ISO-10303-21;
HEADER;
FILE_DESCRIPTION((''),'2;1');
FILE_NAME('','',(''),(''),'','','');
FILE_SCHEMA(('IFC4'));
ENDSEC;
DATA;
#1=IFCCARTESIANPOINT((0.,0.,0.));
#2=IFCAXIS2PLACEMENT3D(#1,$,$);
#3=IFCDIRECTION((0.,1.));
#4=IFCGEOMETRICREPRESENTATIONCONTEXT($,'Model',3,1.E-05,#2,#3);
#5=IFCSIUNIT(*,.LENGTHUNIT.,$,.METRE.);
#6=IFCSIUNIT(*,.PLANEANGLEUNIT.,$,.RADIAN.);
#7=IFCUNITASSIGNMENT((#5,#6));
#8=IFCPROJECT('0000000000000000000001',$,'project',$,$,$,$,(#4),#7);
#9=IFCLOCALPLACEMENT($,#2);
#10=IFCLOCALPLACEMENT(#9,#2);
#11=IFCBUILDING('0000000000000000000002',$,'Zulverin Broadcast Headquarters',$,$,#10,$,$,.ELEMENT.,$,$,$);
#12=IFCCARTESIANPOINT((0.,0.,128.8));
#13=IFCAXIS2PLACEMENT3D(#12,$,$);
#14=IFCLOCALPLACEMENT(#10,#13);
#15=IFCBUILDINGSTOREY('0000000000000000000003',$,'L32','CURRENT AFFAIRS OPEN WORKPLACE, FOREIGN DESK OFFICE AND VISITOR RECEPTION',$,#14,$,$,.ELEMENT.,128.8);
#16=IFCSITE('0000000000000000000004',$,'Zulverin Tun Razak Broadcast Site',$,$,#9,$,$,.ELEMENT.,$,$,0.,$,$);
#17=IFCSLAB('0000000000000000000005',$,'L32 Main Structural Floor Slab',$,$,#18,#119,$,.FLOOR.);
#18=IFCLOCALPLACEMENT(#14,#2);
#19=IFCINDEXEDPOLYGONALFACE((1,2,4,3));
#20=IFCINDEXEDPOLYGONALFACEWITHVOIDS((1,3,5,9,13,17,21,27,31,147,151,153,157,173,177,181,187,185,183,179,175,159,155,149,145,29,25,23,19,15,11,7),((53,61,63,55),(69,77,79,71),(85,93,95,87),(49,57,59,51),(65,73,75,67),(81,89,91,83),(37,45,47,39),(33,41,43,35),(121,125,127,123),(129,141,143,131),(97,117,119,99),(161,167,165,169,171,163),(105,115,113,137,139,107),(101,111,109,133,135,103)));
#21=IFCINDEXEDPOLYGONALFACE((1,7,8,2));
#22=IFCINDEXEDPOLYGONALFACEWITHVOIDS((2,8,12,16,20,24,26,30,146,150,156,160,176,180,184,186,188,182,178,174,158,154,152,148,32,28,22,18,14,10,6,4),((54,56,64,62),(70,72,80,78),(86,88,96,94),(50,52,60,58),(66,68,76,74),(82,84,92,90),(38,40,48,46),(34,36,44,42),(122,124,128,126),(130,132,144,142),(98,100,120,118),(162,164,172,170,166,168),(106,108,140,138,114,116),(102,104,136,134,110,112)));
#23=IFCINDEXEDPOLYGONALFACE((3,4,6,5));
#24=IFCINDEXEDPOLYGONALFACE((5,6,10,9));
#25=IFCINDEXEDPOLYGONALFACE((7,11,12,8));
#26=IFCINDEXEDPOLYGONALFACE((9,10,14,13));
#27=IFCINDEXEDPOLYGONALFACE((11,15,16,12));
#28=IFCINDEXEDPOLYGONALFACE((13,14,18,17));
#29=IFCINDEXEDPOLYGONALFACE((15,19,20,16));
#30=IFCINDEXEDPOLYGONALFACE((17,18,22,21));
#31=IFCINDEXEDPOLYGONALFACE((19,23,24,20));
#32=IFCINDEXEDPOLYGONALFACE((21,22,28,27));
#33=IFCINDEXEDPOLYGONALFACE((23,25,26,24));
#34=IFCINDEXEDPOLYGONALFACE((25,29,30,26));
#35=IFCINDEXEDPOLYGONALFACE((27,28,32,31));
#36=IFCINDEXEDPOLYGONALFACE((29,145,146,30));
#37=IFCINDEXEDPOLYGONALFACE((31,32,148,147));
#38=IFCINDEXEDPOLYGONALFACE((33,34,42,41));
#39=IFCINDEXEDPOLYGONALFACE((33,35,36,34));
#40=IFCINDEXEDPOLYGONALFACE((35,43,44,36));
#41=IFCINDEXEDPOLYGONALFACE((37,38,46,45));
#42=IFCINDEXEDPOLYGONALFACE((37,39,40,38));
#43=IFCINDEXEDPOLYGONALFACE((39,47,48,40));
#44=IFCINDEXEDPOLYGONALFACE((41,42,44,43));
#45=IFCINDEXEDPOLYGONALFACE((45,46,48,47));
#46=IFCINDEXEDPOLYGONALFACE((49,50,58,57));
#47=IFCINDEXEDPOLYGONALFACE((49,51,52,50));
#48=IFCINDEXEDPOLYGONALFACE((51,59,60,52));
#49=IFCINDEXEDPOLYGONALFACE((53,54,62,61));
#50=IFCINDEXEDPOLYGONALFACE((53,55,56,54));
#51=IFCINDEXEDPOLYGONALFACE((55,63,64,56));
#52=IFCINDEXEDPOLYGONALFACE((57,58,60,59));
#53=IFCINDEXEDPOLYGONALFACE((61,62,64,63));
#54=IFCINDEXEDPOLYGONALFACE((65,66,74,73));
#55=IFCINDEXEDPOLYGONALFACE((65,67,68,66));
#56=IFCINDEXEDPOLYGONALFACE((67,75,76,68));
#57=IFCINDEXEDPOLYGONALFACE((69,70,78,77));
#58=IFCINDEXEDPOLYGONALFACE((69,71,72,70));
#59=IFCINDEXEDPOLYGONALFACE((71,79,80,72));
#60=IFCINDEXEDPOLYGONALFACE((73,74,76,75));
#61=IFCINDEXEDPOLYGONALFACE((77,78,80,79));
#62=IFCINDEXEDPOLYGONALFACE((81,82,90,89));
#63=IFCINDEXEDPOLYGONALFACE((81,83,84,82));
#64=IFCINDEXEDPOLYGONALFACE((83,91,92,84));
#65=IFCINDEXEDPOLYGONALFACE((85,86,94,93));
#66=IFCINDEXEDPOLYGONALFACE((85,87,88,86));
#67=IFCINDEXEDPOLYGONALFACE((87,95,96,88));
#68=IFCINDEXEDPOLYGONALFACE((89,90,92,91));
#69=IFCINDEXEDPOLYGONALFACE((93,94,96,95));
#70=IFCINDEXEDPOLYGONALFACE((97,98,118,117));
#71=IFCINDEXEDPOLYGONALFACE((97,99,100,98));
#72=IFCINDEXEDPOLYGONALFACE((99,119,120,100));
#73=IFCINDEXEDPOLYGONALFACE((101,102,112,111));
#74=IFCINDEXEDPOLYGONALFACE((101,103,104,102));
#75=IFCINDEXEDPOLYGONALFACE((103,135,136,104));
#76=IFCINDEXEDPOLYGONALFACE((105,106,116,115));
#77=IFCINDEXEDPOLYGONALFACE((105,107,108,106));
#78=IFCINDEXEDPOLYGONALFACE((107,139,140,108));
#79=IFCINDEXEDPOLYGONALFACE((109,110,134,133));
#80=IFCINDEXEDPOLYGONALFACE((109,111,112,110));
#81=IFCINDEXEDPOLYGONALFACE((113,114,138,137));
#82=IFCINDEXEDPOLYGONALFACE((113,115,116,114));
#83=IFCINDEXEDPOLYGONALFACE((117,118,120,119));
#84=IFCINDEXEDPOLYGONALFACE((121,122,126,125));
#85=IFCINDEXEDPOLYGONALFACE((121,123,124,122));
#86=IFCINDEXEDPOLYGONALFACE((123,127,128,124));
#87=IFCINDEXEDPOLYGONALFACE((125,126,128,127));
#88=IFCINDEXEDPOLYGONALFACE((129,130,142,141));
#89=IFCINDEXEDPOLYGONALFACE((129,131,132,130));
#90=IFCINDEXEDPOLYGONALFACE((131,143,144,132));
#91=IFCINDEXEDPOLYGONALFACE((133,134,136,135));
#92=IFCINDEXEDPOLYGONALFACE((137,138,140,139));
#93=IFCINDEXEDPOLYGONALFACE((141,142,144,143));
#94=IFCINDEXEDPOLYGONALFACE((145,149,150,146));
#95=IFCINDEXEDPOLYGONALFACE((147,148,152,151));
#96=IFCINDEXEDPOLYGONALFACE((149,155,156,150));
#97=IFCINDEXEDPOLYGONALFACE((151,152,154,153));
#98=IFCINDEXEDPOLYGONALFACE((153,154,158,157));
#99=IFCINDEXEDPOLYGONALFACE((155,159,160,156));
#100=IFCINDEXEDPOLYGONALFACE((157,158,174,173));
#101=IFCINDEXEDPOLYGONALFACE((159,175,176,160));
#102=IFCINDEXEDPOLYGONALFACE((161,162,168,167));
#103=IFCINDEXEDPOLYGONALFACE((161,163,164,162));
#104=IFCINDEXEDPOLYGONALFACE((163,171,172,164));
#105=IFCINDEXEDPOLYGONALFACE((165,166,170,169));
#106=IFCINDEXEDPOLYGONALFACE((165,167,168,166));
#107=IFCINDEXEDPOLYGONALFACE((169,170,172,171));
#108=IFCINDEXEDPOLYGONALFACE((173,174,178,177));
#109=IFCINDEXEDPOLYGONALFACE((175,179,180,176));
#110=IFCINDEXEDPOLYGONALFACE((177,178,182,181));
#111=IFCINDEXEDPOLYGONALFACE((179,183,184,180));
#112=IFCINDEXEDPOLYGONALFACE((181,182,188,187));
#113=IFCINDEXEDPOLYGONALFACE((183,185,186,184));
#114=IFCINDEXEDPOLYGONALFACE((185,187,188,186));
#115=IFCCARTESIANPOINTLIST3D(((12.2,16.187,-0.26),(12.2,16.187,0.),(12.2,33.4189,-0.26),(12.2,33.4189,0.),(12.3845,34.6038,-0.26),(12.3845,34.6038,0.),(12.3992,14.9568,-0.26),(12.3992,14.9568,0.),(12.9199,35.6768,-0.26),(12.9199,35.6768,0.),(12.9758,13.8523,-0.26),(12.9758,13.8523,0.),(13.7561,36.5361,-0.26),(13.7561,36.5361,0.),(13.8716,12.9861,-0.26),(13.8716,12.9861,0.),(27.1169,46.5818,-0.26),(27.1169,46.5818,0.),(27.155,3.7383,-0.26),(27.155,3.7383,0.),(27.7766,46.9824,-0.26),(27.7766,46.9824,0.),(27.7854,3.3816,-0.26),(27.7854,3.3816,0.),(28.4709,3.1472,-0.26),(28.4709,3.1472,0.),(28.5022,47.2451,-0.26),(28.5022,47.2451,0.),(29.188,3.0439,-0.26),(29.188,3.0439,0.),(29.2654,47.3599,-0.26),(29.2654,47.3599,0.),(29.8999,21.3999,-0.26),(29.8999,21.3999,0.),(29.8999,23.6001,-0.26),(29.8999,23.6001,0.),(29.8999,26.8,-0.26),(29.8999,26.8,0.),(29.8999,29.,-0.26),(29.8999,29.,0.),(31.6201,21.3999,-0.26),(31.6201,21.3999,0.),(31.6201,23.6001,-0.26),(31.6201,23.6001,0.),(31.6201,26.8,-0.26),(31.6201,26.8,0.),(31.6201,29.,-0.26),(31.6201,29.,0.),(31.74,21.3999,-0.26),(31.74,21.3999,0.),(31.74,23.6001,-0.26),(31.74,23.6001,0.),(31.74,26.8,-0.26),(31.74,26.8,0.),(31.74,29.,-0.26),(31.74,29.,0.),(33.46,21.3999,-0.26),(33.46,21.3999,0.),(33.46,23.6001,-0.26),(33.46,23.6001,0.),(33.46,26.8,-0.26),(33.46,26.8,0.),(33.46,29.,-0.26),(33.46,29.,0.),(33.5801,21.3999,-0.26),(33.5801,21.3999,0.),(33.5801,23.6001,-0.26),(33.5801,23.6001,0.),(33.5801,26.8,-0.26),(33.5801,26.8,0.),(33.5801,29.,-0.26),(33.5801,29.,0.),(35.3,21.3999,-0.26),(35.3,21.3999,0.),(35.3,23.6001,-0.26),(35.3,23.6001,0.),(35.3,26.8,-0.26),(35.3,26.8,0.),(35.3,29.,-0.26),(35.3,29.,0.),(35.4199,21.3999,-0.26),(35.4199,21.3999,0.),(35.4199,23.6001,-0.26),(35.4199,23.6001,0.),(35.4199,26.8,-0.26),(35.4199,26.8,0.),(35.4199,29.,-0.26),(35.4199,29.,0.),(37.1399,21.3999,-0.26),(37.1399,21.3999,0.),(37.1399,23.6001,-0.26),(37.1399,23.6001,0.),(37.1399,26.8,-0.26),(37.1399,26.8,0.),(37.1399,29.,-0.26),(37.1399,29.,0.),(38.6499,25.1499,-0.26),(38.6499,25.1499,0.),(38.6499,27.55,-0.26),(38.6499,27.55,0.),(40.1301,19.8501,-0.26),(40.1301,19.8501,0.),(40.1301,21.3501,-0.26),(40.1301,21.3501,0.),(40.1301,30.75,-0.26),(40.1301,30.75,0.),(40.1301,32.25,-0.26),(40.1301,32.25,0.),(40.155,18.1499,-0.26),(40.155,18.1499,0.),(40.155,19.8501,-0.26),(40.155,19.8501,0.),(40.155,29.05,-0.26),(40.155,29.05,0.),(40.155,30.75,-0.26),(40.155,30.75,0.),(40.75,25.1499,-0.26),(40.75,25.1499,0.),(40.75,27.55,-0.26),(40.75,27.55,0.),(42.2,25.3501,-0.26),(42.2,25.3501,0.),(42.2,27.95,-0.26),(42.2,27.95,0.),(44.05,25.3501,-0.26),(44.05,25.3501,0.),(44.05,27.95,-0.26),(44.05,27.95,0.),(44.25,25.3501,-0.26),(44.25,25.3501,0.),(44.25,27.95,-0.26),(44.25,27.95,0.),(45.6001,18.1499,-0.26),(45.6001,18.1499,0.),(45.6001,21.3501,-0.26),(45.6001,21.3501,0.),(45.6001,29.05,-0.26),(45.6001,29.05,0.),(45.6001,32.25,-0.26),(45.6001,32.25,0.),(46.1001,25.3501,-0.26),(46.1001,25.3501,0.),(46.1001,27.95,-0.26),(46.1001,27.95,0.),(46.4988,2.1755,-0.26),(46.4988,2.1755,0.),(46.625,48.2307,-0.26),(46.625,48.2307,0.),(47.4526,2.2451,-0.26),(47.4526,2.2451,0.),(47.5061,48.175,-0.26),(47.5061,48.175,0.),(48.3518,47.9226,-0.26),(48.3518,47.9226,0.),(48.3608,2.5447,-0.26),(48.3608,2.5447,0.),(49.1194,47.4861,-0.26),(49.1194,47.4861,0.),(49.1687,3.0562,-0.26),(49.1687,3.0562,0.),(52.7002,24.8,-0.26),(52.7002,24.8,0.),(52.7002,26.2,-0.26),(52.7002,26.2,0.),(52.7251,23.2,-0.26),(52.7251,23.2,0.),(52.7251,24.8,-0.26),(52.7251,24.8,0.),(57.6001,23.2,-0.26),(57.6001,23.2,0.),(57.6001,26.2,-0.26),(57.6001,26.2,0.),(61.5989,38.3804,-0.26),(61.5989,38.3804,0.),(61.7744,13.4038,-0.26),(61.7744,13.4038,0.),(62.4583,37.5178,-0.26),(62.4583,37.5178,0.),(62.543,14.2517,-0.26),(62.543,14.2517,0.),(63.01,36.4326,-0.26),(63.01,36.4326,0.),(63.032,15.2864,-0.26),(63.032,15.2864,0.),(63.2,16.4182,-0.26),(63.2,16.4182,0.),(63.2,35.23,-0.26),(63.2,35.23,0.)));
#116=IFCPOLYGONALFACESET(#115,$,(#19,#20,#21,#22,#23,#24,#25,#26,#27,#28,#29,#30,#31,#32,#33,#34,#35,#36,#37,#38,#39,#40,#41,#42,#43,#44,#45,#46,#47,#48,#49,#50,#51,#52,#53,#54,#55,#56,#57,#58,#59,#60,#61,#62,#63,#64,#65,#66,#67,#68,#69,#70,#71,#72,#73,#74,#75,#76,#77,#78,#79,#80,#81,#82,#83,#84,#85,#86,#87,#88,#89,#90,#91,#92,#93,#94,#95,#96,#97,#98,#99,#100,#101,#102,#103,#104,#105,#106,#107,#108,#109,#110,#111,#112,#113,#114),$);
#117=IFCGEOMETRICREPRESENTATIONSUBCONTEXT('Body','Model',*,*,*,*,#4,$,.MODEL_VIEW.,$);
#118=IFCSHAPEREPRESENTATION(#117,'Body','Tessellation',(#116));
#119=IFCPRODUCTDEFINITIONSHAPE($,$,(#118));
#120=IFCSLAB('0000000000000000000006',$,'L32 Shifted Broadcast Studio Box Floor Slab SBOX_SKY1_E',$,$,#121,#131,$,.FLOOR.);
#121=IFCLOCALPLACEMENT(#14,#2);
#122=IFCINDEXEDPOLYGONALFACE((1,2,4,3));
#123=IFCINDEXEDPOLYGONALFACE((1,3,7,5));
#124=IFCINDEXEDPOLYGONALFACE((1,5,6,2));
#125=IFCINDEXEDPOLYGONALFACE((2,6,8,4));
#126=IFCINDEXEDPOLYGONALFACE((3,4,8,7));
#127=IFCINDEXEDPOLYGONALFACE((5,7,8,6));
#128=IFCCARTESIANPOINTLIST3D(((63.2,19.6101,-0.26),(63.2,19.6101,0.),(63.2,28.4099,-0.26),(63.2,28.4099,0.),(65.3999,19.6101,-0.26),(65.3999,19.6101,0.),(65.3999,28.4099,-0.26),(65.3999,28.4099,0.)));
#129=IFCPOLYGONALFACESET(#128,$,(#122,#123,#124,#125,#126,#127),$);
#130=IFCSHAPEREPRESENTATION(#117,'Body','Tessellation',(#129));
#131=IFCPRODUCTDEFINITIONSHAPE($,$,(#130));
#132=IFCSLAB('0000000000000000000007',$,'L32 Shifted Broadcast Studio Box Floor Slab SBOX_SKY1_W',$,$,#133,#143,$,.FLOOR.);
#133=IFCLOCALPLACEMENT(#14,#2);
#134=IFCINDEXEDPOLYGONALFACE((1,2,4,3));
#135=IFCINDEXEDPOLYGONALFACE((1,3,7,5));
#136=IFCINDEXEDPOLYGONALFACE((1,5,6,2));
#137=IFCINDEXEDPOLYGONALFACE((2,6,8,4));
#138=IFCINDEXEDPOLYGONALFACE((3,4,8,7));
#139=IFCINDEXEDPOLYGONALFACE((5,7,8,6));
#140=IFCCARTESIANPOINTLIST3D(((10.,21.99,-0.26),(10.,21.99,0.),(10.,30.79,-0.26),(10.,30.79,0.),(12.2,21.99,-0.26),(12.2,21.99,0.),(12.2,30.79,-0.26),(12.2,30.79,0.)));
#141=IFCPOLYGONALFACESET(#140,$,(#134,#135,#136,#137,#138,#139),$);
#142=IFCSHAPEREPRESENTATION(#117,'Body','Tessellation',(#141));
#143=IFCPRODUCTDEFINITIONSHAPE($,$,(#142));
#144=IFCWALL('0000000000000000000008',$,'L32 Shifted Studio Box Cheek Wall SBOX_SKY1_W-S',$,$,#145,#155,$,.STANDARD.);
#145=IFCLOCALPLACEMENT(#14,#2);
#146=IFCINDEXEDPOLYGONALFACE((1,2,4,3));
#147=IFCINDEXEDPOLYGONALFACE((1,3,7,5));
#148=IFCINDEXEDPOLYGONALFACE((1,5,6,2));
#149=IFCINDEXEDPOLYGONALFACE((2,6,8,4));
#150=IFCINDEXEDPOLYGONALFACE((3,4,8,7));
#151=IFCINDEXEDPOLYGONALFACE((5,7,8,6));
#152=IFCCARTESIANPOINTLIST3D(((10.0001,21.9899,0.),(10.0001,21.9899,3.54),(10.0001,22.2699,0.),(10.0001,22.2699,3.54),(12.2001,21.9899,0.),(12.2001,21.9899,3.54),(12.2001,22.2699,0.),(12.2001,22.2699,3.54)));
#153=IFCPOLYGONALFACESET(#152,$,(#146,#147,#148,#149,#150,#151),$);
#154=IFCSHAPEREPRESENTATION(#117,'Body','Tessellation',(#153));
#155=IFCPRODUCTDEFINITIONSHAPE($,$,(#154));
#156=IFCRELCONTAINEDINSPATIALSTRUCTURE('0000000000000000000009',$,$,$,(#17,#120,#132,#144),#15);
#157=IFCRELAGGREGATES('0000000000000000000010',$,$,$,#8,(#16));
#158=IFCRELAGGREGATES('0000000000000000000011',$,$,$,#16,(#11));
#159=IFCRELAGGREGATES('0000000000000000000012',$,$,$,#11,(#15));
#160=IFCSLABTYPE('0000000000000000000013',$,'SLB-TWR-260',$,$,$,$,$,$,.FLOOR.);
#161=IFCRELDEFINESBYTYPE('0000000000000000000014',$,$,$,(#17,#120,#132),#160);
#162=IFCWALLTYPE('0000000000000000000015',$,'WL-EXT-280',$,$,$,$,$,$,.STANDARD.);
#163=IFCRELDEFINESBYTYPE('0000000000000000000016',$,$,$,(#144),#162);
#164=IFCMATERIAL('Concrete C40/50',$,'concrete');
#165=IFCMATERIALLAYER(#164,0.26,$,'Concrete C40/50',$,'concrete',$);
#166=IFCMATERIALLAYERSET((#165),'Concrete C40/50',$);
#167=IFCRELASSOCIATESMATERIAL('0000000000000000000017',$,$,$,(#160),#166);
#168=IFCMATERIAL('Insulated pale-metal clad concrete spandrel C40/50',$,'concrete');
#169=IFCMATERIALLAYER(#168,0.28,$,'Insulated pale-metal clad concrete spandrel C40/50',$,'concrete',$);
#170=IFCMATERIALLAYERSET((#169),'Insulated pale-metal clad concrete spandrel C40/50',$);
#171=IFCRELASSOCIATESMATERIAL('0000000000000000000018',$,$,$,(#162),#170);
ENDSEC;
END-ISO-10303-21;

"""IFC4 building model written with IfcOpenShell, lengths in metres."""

from ifc_helpers import new_model, si_unit, direction, frame, frame_2d, origin, place, context, subcontext, project, spatial, polyline, rectangle, outline, extrude, material, layer, layer_set, type_object, element, save


model = new_model("IFC4")

# Units and contexts
model_context = context("Model", 3, precision=1e-05, world=origin(), true_north=direction((0.0, 1.0)))
body_context = subcontext(model_context, "Body", "Model", "MODEL_VIEW")
ifc_project = project(units=[si_unit("LENGTHUNIT", "METRE"), si_unit("PLANEANGLEUNIT", "RADIAN")], contexts=[model_context])

# Site, building, storey
site_placement = place(None, origin())
site = spatial("IfcSite", under=ifc_project, at=site_placement, Name="Zulverin Tun Razak Broadcast Site", CompositionType="ELEMENT", RefElevation=0.0)
building_placement = place(site_placement, origin())
building = spatial("IfcBuilding", under=site, at=building_placement, Name="Zulverin Broadcast Headquarters", CompositionType="ELEMENT")
storey_placement = place(building_placement, frame((0.0, 0.0, 128.8)))
storey = spatial("IfcBuildingStorey", under=building, at=storey_placement, Name="L32", Description="CURRENT AFFAIRS OPEN WORKPLACE, FOREIGN DESK OFFICE AND VISITOR RECEPTION", CompositionType="ELEMENT", Elevation=128.8)

# Shared definitions
ifc_material_1 = material(Name="Concrete C40/50", Category="concrete")

# Slabs
ifc_layer_1 = layer(ifc_material_1, 0.26, Name="Concrete C40/50", Category="concrete")
ifc_layer_set_1 = layer_set([ifc_layer_1], Name="Concrete C40/50")
slab_type_1 = type_object("IfcSlabType", Name="SLB-TWR-260", PredefinedType="FLOOR", material=ifc_layer_set_1)
slab_1_placement = place(storey_placement, frame((0.0, 0.0, -0.26)))
element("IfcSlab", 1, at=slab_1_placement, inside=storey, type_object=slab_type_1, Name="L32 Main Structural Floor Slab", PredefinedType="FLOOR", context=body_context, shape_type="SweptSolid", body=[
    extrude(outline(polyline([(27.155, 3.7383), (27.7854, 3.3816), (28.4709, 3.1472), (29.188, 3.0439), (46.4988, 2.1755), (47.4526, 2.2451), (48.3608, 2.5447), (49.1687, 3.0562), (61.7744, 13.4038), (62.543, 14.2517), (63.032, 15.2864), (63.2, 16.4182), (63.2, 35.23), (63.01, 36.4326), (62.4583, 37.5178), (61.5989, 38.3804), (49.1194, 47.4861), (48.3518, 47.9226), (47.5061, 48.175), (46.625, 48.2307), (29.2654, 47.3599), (28.5022, 47.2451), (27.7766, 46.9824), (27.1169, 46.5818), (13.7561, 36.5361), (12.9199, 35.6768), (12.3845, 34.6038), (12.2, 33.4189), (12.2, 16.187), (12.3992, 14.9568), (12.9758, 13.8523), (13.8716, 12.9861), (27.155, 3.7383)]), holes=[polyline([(40.155, 30.75), (40.1301, 30.75), (40.1301, 32.25), (45.6001, 32.25), (45.6001, 29.05), (40.155, 29.05), (40.155, 30.75)]), polyline([(40.155, 19.8501), (40.1301, 19.8501), (40.1301, 21.3501), (45.6001, 21.3501), (45.6001, 18.1499), (40.155, 18.1499), (40.155, 19.8501)]), polyline([(52.7251, 24.8), (52.7002, 24.8), (52.7002, 26.2), (57.6001, 26.2), (57.6001, 23.2), (52.7251, 23.2), (52.7251, 24.8)]), polyline([(29.8999, 21.3999), (31.6201, 21.3999), (31.6201, 23.6001), (29.8999, 23.6001), (29.8999, 21.3999)]), polyline([(31.74, 21.3999), (33.46, 21.3999), (33.46, 23.6001), (31.74, 23.6001), (31.74, 21.3999)]), polyline([(33.5801, 21.3999), (35.3, 21.3999), (35.3, 23.6001), (33.5801, 23.6001), (33.5801, 21.3999)]), polyline([(35.4199, 21.3999), (37.1399, 21.3999), (37.1399, 23.6001), (35.4199, 23.6001), (35.4199, 21.3999)]), polyline([(29.8999, 26.8), (31.6201, 26.8), (31.6201, 29.0), (29.8999, 29.0), (29.8999, 26.8)]), polyline([(31.74, 26.8), (33.46, 26.8), (33.46, 29.0), (31.74, 29.0), (31.74, 26.8)]), polyline([(33.5801, 26.8), (35.3, 26.8), (35.3, 29.0), (33.5801, 29.0), (33.5801, 26.8)]), polyline([(35.4199, 26.8), (37.1399, 26.8), (37.1399, 29.0), (35.4199, 29.0), (35.4199, 26.8)]), polyline([(42.2, 25.3501), (44.05, 25.3501), (44.05, 27.95), (42.2, 27.95), (42.2, 25.3501)]), polyline([(44.25, 25.3501), (46.1001, 25.3501), (46.1001, 27.95), (44.25, 27.95), (44.25, 25.3501)]), polyline([(38.6499, 25.1499), (40.75, 25.1499), (40.75, 27.55), (38.6499, 27.55), (38.6499, 25.1499)])]), origin(), (0.0, 0.0, 1.0), 0.26),
])
slab_2_placement = place(storey_placement, frame((0.0, 0.0, -0.26)))
element("IfcSlab", 2, at=slab_2_placement, inside=storey, type_object=slab_type_1, Name="L32 Shifted Broadcast Studio Box Floor Slab SBOX_SKY1_E", PredefinedType="FLOOR", context=body_context, shape_type="SweptSolid", body=[
    extrude(outline(polyline([(63.2, 19.6101), (65.3999, 19.6101), (65.3999, 28.4099), (63.2, 28.4099), (63.2, 19.6101)])), origin(), (0.0, 0.0, 1.0), 0.26),
])
slab_3_placement = place(storey_placement, frame((0.0, 0.0, -0.26)))
element("IfcSlab", 3, at=slab_3_placement, inside=storey, type_object=slab_type_1, Name="L32 Shifted Broadcast Studio Box Floor Slab SBOX_SKY1_W", PredefinedType="FLOOR", context=body_context, shape_type="SweptSolid", body=[
    extrude(outline(polyline([(10.0, 21.99), (12.2, 21.99), (12.2, 30.79), (10.0, 30.79), (10.0, 21.99)])), origin(), (0.0, 0.0, 1.0), 0.26),
])

# Wall
ifc_material_2 = material(Name="Insulated pale-metal clad concrete spandrel C40/50", Category="concrete")
ifc_layer_2 = layer(ifc_material_2, 0.28, Name="Insulated pale-metal clad concrete spandrel C40/50", Category="concrete")
ifc_layer_set_2 = layer_set([ifc_layer_2], Name="Insulated pale-metal clad concrete spandrel C40/50")
wall_type_1 = type_object("IfcWallType", Name="WL-EXT-280", PredefinedType="STANDARD", material=ifc_layer_set_2)
wall_1_placement = place(storey_placement, frame((10.0, 22.1299, 0.0), z_axis=(0.0, 0.0, 1.0), x_axis=(1.0, 0.0, 0.0)))
element("IfcWall", 4, at=wall_1_placement, inside=storey, type_object=wall_type_1, Name="L32 Shifted Studio Box Cheek Wall SBOX_SKY1_W-S", PredefinedType="STANDARD", context=body_context, shape_type="SweptSolid", body=[
    extrude(rectangle(XDim=2.2, YDim=0.28, at=frame_2d((1.1001, 0.0))), origin(), (0.0, 0.0, 1.0), 3.54),
])

save(model, "model.ifc")
